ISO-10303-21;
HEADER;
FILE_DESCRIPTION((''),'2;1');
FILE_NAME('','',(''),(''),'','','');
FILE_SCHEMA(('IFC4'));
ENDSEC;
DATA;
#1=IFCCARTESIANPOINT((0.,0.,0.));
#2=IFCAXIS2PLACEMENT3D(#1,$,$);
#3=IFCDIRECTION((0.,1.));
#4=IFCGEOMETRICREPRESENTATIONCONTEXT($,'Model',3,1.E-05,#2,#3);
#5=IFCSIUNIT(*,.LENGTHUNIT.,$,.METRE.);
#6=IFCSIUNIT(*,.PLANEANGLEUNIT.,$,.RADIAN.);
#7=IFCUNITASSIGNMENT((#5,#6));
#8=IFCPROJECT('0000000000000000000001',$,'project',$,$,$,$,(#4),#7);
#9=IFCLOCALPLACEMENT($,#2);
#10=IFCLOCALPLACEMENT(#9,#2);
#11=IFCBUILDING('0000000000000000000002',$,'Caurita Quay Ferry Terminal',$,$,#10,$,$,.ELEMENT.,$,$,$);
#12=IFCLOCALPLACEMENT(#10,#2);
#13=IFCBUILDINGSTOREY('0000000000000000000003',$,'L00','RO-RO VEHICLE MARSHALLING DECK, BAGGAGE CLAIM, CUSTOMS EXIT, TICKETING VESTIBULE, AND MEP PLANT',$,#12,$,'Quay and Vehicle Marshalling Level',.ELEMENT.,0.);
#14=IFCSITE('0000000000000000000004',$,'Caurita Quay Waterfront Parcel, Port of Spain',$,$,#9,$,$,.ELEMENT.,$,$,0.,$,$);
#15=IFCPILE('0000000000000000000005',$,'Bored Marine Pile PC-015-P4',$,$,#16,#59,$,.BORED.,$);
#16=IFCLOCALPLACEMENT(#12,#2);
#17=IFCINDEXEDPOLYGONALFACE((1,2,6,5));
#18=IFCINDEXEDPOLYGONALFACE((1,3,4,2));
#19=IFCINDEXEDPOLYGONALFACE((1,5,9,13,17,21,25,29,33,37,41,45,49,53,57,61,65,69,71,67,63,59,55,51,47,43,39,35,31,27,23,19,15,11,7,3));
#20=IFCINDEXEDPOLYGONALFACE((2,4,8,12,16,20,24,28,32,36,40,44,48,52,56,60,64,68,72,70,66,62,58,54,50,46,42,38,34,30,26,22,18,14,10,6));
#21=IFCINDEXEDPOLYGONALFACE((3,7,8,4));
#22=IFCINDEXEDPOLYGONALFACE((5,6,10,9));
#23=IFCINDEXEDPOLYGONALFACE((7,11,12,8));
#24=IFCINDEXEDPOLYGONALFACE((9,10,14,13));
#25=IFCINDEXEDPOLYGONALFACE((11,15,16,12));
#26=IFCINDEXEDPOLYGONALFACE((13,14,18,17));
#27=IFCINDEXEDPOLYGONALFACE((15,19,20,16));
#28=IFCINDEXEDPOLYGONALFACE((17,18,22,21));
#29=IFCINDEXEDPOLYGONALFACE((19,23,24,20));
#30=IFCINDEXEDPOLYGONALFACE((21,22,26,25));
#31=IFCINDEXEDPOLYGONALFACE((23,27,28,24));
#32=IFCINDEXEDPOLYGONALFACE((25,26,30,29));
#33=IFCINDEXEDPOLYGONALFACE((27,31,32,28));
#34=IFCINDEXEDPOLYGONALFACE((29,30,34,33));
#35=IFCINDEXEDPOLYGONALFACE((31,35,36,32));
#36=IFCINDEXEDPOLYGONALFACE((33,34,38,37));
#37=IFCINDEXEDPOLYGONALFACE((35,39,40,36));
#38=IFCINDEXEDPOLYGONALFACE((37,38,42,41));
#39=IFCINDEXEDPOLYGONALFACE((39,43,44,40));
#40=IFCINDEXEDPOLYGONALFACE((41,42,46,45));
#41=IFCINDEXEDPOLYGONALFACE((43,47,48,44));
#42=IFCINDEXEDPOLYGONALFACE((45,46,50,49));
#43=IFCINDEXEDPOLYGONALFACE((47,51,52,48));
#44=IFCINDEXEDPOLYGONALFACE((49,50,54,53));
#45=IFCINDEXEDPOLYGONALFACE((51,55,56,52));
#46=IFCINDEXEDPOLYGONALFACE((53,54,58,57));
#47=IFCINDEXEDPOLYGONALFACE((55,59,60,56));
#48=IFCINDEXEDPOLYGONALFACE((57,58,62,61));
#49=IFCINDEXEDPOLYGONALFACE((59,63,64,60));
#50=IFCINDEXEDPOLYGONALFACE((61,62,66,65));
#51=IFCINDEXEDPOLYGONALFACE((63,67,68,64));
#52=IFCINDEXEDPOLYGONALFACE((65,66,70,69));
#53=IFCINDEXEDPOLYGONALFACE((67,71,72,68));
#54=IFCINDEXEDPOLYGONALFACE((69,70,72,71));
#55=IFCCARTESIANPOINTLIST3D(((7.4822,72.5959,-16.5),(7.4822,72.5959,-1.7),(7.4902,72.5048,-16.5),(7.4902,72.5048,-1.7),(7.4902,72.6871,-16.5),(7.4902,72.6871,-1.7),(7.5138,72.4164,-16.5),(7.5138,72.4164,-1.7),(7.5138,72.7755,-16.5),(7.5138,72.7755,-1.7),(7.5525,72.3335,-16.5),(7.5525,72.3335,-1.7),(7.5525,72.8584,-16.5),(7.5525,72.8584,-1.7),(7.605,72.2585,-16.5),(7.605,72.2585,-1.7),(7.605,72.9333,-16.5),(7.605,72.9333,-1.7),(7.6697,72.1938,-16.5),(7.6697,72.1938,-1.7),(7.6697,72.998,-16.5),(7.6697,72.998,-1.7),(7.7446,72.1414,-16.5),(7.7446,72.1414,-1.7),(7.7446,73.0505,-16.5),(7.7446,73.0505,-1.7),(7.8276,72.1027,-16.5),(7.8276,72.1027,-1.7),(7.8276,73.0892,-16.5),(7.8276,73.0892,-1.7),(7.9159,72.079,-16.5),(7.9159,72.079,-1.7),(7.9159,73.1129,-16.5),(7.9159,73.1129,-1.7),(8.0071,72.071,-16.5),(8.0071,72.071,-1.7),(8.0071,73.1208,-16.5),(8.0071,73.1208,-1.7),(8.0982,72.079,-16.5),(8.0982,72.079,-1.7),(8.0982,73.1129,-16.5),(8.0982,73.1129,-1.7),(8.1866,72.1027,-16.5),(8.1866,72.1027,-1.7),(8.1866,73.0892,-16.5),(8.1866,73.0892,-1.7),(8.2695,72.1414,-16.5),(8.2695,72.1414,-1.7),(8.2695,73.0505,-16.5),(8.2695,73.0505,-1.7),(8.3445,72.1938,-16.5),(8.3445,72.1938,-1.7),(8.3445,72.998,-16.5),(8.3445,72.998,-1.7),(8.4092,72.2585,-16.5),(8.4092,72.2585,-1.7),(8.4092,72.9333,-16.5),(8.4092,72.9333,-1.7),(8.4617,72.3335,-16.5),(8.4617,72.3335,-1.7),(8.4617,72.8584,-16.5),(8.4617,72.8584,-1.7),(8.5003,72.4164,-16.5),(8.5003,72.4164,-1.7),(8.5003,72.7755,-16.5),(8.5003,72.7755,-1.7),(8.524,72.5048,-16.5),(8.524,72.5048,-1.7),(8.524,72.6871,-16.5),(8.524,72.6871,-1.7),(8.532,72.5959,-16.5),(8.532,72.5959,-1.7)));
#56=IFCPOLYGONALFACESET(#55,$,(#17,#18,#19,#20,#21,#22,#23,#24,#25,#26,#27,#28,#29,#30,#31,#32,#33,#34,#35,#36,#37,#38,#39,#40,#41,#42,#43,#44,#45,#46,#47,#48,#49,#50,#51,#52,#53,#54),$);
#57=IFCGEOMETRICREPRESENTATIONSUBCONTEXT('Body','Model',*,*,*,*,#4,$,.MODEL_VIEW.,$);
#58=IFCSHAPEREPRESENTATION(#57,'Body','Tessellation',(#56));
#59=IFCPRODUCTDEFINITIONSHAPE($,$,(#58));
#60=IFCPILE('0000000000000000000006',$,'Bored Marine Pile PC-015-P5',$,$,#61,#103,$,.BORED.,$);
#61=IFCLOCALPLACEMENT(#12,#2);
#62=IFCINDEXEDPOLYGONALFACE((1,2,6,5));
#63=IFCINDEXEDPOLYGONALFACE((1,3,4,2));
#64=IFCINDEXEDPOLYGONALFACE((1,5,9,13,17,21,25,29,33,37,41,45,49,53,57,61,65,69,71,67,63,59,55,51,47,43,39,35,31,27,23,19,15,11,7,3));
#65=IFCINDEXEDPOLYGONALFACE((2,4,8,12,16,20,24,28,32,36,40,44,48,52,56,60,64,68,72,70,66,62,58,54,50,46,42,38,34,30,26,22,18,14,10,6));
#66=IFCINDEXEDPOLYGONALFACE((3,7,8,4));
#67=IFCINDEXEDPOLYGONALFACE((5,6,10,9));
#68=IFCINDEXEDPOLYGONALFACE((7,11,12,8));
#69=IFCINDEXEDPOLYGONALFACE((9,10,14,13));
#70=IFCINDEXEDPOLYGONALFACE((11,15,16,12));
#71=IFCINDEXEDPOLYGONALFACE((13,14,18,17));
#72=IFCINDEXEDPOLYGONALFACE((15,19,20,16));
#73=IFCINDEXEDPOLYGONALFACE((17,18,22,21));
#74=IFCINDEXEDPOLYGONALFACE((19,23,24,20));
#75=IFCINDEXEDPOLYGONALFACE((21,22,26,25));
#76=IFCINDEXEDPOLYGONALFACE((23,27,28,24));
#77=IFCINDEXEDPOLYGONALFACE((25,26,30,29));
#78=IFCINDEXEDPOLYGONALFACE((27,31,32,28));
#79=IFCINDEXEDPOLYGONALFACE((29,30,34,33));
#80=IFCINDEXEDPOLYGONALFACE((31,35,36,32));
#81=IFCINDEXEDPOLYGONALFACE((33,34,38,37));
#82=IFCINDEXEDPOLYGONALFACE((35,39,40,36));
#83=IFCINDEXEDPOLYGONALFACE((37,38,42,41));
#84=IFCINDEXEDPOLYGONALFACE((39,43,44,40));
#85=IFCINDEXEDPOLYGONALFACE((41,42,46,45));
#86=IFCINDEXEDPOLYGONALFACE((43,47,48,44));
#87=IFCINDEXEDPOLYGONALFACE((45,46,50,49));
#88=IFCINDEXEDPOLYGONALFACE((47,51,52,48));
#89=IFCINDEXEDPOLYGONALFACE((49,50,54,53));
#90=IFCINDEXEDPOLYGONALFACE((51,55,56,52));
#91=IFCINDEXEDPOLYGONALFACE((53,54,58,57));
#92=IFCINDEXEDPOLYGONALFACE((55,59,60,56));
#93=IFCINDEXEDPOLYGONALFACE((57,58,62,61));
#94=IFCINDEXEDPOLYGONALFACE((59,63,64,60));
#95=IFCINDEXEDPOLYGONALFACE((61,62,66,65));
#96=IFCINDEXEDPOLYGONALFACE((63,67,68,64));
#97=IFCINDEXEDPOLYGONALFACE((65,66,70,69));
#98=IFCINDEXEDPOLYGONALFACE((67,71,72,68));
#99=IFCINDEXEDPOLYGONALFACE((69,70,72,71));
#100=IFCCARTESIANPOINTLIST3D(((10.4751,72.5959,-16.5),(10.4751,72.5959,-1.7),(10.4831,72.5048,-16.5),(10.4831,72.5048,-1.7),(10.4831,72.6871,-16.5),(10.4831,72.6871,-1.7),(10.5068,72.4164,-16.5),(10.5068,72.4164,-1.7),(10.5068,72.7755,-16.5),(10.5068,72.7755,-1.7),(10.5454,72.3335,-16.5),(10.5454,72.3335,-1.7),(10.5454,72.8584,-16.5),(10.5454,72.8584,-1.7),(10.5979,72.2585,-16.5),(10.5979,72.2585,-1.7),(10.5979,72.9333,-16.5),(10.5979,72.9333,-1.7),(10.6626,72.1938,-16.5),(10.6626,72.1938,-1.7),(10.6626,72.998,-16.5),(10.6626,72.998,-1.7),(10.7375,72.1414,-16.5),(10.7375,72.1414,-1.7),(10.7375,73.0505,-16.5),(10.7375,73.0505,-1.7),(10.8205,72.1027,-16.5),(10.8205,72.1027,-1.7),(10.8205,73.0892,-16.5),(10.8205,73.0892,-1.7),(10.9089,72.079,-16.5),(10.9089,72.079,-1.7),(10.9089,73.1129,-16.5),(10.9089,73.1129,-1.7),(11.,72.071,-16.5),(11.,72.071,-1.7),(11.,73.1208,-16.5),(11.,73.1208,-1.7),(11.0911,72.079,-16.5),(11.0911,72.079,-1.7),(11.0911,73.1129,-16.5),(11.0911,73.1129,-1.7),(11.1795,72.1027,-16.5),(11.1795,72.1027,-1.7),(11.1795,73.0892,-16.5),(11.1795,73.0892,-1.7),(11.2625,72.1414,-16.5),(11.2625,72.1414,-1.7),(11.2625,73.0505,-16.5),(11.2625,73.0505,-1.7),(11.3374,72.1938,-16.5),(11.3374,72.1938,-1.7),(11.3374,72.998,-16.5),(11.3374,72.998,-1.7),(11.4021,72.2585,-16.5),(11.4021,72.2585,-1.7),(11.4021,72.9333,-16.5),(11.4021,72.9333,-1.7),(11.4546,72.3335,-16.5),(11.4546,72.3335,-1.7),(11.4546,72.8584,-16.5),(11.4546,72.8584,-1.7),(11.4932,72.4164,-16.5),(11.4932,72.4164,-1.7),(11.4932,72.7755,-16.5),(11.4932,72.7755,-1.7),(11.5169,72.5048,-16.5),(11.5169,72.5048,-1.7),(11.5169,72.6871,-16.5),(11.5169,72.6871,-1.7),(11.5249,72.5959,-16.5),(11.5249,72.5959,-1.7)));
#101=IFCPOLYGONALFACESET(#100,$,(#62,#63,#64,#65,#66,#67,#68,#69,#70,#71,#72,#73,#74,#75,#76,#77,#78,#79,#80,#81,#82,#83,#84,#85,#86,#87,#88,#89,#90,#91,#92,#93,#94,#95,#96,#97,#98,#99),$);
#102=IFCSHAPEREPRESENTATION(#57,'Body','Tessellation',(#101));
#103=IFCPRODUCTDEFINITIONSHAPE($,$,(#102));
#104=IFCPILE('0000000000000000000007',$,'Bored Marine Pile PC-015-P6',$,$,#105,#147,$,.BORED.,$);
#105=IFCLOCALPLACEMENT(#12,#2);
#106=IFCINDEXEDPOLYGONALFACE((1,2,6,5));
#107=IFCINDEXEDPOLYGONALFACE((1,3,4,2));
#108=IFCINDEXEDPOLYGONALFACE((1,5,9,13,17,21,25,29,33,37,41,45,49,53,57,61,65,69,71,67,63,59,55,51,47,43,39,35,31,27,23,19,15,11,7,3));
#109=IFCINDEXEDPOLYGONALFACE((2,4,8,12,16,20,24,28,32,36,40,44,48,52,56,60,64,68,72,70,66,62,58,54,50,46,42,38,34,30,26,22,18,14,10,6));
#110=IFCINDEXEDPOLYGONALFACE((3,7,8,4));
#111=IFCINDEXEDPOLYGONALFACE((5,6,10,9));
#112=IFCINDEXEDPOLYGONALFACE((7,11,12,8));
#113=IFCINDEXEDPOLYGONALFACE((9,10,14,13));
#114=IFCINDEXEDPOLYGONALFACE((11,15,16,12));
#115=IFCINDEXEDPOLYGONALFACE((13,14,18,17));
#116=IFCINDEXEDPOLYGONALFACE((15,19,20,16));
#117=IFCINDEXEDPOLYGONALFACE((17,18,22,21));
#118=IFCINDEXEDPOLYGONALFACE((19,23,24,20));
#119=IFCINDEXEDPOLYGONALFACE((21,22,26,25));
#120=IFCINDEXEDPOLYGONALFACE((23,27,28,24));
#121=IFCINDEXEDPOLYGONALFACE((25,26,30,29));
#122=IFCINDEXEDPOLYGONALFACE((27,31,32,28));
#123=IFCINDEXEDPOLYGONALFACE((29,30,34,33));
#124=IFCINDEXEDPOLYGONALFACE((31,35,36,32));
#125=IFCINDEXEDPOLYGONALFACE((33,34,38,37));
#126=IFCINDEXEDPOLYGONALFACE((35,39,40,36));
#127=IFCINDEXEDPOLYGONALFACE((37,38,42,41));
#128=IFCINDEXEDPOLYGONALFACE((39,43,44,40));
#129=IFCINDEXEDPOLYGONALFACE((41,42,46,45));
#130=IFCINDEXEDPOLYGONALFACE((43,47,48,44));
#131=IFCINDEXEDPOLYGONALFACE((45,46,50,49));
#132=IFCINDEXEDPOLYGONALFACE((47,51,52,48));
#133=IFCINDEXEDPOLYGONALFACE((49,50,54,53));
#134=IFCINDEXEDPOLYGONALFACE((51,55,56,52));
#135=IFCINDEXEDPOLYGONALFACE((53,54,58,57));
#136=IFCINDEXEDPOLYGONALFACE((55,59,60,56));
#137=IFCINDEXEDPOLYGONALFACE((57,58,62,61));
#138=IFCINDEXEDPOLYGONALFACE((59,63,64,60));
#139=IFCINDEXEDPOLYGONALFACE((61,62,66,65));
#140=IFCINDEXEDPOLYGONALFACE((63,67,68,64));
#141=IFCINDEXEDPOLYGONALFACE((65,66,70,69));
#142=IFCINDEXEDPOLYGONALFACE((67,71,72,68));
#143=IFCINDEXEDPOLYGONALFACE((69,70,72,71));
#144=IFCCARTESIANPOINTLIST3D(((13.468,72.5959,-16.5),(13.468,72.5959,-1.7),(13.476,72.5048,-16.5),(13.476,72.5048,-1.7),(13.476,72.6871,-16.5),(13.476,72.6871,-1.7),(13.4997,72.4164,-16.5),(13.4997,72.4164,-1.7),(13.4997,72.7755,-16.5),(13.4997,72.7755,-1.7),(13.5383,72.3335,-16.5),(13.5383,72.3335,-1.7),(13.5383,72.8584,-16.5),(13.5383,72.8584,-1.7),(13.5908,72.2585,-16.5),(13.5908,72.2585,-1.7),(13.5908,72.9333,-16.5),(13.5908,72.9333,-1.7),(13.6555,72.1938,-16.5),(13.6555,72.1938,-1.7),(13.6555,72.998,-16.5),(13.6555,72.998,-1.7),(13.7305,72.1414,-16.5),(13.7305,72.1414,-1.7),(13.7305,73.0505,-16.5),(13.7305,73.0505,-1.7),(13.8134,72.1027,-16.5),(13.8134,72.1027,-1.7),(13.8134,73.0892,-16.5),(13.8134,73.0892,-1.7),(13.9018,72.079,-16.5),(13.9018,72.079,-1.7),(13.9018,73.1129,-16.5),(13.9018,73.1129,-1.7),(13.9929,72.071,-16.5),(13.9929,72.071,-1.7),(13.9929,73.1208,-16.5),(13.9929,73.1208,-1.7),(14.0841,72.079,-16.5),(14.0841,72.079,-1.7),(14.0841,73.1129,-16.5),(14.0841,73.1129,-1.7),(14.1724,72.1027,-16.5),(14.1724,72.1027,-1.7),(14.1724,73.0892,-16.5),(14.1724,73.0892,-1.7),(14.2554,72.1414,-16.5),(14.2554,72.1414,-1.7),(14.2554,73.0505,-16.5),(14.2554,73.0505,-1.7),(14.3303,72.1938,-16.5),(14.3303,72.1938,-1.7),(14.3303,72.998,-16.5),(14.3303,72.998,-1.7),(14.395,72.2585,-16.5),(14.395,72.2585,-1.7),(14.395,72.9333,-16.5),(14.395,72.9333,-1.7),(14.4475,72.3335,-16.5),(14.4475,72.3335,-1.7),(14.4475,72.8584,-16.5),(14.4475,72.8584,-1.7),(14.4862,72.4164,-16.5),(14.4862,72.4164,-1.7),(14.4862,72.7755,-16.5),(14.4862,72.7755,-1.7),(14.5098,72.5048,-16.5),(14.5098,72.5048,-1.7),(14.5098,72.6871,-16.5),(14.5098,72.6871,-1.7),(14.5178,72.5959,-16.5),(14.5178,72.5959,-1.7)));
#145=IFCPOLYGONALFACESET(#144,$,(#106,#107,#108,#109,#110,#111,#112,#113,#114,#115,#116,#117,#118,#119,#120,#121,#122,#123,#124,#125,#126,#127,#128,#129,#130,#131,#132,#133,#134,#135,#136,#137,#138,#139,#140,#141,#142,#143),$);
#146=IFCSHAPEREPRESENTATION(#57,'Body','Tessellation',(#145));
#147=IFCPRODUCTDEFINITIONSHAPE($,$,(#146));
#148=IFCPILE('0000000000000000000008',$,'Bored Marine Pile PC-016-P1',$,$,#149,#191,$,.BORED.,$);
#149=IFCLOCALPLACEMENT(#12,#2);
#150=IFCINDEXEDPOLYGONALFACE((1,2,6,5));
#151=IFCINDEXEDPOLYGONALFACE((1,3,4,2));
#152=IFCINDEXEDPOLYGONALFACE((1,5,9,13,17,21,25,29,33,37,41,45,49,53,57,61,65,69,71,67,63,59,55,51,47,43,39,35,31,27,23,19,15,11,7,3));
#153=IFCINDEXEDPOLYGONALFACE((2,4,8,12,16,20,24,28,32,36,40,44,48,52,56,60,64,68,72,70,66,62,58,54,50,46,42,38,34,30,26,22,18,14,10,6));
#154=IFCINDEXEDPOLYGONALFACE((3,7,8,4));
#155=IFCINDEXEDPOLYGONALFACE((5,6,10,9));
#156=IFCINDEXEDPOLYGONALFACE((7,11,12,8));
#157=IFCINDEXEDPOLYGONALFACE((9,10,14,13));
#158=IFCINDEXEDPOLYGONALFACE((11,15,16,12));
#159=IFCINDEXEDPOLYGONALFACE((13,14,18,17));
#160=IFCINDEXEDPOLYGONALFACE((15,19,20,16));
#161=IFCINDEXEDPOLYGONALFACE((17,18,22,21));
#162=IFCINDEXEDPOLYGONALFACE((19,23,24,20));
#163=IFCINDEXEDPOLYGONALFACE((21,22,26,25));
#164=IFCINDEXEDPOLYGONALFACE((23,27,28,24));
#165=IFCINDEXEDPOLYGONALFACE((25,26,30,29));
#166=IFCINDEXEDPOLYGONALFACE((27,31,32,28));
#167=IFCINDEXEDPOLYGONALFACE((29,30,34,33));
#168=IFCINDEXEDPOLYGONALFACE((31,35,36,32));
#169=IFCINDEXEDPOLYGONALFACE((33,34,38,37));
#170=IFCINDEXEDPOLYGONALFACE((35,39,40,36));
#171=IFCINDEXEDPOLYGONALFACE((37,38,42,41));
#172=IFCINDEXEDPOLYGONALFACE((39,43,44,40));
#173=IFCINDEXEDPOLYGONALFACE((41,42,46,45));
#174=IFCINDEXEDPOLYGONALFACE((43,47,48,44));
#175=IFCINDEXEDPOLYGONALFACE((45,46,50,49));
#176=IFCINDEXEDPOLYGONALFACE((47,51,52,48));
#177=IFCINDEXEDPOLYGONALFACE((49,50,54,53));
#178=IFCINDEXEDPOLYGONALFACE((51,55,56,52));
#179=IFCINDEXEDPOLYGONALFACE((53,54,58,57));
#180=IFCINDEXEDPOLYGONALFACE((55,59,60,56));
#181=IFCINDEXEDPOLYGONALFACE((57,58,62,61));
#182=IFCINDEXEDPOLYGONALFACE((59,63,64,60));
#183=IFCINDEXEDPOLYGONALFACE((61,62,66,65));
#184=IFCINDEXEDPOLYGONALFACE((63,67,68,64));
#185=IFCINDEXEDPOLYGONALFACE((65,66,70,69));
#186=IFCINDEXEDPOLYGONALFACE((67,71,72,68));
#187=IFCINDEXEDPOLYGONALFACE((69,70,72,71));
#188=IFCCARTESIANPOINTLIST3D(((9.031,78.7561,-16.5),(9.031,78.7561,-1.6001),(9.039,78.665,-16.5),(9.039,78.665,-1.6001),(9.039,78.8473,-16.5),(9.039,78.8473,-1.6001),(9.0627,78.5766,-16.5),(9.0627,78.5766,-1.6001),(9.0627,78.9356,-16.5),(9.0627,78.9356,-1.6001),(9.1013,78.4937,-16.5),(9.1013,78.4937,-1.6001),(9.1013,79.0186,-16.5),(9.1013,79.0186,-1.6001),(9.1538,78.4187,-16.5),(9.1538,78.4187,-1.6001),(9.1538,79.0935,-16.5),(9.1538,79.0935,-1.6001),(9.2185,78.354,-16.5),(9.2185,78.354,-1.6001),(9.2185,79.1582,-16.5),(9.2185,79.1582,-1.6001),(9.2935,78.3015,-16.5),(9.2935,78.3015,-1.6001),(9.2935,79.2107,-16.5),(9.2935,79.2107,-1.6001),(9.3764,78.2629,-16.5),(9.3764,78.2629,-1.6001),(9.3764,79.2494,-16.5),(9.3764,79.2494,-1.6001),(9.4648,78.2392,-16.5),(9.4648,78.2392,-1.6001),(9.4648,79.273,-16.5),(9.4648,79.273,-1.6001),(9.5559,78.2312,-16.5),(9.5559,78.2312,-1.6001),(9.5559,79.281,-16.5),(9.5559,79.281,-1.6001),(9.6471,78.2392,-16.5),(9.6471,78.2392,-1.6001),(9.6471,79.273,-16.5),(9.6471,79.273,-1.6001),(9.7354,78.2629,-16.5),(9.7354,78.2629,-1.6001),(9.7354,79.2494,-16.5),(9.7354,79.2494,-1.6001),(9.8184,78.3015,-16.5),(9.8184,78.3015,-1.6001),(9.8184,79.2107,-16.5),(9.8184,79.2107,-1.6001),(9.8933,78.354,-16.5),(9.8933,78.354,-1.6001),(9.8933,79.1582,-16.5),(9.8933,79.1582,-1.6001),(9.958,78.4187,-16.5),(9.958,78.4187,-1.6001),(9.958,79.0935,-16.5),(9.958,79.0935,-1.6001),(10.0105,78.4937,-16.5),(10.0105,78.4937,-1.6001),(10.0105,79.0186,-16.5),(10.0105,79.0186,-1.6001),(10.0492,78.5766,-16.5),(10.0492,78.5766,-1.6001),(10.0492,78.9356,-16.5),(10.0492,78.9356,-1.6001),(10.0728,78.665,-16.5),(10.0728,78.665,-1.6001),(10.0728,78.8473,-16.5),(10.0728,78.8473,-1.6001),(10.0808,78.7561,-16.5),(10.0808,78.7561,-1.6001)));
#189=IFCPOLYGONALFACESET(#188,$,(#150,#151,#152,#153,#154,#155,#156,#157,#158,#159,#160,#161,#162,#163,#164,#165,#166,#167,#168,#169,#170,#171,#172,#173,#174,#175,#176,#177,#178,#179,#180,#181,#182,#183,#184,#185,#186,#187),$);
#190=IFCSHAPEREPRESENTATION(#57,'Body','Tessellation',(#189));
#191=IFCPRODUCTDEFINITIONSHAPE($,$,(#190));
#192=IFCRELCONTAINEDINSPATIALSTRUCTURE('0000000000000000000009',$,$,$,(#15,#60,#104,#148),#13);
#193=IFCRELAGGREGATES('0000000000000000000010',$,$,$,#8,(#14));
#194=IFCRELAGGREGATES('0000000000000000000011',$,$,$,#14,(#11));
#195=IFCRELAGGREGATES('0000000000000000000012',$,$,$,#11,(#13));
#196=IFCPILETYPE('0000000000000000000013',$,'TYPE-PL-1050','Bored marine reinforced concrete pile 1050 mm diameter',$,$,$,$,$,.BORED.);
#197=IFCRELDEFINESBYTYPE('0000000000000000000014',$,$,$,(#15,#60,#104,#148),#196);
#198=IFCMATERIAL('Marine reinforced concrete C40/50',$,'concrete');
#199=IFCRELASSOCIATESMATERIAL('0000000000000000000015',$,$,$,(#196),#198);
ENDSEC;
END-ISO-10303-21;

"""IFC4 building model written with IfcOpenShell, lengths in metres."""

from ifc_helpers import new_model, si_unit, direction, frame, origin, origin_2d, place, context, subcontext, project, spatial, circle, extrude, material, material_profile, profile_set, type_object, element, save


model = new_model("IFC4")

# Units and contexts
model_context = context("Model", 3, precision=1e-05, world=origin(), true_north=direction((0.0, 1.0)))
body_context = subcontext(model_context, "Body", "Model", "MODEL_VIEW")
ifc_project = project(units=[si_unit("LENGTHUNIT", "METRE"), si_unit("PLANEANGLEUNIT", "RADIAN")], contexts=[model_context])

# Site, building, storey
site_placement = place(None, origin())
site = spatial("IfcSite", under=ifc_project, at=site_placement, Name="Caurita Quay Waterfront Parcel, Port of Spain", CompositionType="ELEMENT", RefElevation=0.0)
building_placement = place(site_placement, origin())
building = spatial("IfcBuilding", under=site, at=building_placement, Name="Caurita Quay Ferry Terminal", CompositionType="ELEMENT")
storey_placement = place(building_placement, origin())
storey = spatial("IfcBuildingStorey", under=building, at=storey_placement, Name="L00", Description="RO-RO VEHICLE MARSHALLING DECK, BAGGAGE CLAIM, CUSTOMS EXIT, TICKETING VESTIBULE, AND MEP PLANT", LongName="Quay and Vehicle Marshalling Level", CompositionType="ELEMENT", Elevation=0.0)

# Piles
ifc_material_1 = material(Name="Marine reinforced concrete C40/50", Category="concrete")
ifc_material_profile_1 = material_profile(ifc_material_1, circle(Radius=0.5249, at=origin_2d()), Name="PILE-D1050")
ifc_profile_set_1 = profile_set([ifc_material_profile_1], Name="Marine reinforced concrete C40/50")
pile_type = type_object("IfcPileType", Name="TYPE-PL-1050", Description="Bored marine reinforced concrete pile 1050 mm diameter", PredefinedType="BORED", material=ifc_profile_set_1)
for number, where, z_axis, x_axis, name in (
    (1, (8.0071, 72.5959, -1.7), (0.0, 0.0, -1.0), (1.0, 0.0, 0.0), "Bored Marine Pile PC-015-P4"),
    (2, (11.0, 72.5959, -1.7), (0.0, 0.0, -1.0), (1.0, 0.0, 0.0), "Bored Marine Pile PC-015-P5"),
    (3, (13.9929, 72.5959, -1.7), (0.0, 0.0, -1.0), (1.0, 0.0, 0.0), "Bored Marine Pile PC-015-P6"),
):
    element("IfcPile", number, at=place(storey_placement, frame(where, z_axis=z_axis, x_axis=x_axis)), inside=storey, type_object=pile_type, Name=name, PredefinedType="BORED", context=body_context, shape_type="SweptSolid", body=[
        extrude(circle(Radius=0.5249, at=origin_2d()), origin(), (0.0, 0.0, 1.0), 14.8),
    ])
for number, where, z_axis, x_axis, name in (
    (4, (9.5559, 78.7561, -1.6001), (0.0, 0.0, -1.0), (1.0, 0.0, 0.0), "Bored Marine Pile PC-016-P1"),
):
    element("IfcPile", number, at=place(storey_placement, frame(where, z_axis=z_axis, x_axis=x_axis)), inside=storey, type_object=pile_type, Name=name, PredefinedType="BORED", context=body_context, shape_type="SweptSolid", body=[
        extrude(circle(Radius=0.5249, at=origin_2d()), origin(), (0.0, 0.0, 1.0), 14.8999),
    ])

save(model, "model.ifc")
